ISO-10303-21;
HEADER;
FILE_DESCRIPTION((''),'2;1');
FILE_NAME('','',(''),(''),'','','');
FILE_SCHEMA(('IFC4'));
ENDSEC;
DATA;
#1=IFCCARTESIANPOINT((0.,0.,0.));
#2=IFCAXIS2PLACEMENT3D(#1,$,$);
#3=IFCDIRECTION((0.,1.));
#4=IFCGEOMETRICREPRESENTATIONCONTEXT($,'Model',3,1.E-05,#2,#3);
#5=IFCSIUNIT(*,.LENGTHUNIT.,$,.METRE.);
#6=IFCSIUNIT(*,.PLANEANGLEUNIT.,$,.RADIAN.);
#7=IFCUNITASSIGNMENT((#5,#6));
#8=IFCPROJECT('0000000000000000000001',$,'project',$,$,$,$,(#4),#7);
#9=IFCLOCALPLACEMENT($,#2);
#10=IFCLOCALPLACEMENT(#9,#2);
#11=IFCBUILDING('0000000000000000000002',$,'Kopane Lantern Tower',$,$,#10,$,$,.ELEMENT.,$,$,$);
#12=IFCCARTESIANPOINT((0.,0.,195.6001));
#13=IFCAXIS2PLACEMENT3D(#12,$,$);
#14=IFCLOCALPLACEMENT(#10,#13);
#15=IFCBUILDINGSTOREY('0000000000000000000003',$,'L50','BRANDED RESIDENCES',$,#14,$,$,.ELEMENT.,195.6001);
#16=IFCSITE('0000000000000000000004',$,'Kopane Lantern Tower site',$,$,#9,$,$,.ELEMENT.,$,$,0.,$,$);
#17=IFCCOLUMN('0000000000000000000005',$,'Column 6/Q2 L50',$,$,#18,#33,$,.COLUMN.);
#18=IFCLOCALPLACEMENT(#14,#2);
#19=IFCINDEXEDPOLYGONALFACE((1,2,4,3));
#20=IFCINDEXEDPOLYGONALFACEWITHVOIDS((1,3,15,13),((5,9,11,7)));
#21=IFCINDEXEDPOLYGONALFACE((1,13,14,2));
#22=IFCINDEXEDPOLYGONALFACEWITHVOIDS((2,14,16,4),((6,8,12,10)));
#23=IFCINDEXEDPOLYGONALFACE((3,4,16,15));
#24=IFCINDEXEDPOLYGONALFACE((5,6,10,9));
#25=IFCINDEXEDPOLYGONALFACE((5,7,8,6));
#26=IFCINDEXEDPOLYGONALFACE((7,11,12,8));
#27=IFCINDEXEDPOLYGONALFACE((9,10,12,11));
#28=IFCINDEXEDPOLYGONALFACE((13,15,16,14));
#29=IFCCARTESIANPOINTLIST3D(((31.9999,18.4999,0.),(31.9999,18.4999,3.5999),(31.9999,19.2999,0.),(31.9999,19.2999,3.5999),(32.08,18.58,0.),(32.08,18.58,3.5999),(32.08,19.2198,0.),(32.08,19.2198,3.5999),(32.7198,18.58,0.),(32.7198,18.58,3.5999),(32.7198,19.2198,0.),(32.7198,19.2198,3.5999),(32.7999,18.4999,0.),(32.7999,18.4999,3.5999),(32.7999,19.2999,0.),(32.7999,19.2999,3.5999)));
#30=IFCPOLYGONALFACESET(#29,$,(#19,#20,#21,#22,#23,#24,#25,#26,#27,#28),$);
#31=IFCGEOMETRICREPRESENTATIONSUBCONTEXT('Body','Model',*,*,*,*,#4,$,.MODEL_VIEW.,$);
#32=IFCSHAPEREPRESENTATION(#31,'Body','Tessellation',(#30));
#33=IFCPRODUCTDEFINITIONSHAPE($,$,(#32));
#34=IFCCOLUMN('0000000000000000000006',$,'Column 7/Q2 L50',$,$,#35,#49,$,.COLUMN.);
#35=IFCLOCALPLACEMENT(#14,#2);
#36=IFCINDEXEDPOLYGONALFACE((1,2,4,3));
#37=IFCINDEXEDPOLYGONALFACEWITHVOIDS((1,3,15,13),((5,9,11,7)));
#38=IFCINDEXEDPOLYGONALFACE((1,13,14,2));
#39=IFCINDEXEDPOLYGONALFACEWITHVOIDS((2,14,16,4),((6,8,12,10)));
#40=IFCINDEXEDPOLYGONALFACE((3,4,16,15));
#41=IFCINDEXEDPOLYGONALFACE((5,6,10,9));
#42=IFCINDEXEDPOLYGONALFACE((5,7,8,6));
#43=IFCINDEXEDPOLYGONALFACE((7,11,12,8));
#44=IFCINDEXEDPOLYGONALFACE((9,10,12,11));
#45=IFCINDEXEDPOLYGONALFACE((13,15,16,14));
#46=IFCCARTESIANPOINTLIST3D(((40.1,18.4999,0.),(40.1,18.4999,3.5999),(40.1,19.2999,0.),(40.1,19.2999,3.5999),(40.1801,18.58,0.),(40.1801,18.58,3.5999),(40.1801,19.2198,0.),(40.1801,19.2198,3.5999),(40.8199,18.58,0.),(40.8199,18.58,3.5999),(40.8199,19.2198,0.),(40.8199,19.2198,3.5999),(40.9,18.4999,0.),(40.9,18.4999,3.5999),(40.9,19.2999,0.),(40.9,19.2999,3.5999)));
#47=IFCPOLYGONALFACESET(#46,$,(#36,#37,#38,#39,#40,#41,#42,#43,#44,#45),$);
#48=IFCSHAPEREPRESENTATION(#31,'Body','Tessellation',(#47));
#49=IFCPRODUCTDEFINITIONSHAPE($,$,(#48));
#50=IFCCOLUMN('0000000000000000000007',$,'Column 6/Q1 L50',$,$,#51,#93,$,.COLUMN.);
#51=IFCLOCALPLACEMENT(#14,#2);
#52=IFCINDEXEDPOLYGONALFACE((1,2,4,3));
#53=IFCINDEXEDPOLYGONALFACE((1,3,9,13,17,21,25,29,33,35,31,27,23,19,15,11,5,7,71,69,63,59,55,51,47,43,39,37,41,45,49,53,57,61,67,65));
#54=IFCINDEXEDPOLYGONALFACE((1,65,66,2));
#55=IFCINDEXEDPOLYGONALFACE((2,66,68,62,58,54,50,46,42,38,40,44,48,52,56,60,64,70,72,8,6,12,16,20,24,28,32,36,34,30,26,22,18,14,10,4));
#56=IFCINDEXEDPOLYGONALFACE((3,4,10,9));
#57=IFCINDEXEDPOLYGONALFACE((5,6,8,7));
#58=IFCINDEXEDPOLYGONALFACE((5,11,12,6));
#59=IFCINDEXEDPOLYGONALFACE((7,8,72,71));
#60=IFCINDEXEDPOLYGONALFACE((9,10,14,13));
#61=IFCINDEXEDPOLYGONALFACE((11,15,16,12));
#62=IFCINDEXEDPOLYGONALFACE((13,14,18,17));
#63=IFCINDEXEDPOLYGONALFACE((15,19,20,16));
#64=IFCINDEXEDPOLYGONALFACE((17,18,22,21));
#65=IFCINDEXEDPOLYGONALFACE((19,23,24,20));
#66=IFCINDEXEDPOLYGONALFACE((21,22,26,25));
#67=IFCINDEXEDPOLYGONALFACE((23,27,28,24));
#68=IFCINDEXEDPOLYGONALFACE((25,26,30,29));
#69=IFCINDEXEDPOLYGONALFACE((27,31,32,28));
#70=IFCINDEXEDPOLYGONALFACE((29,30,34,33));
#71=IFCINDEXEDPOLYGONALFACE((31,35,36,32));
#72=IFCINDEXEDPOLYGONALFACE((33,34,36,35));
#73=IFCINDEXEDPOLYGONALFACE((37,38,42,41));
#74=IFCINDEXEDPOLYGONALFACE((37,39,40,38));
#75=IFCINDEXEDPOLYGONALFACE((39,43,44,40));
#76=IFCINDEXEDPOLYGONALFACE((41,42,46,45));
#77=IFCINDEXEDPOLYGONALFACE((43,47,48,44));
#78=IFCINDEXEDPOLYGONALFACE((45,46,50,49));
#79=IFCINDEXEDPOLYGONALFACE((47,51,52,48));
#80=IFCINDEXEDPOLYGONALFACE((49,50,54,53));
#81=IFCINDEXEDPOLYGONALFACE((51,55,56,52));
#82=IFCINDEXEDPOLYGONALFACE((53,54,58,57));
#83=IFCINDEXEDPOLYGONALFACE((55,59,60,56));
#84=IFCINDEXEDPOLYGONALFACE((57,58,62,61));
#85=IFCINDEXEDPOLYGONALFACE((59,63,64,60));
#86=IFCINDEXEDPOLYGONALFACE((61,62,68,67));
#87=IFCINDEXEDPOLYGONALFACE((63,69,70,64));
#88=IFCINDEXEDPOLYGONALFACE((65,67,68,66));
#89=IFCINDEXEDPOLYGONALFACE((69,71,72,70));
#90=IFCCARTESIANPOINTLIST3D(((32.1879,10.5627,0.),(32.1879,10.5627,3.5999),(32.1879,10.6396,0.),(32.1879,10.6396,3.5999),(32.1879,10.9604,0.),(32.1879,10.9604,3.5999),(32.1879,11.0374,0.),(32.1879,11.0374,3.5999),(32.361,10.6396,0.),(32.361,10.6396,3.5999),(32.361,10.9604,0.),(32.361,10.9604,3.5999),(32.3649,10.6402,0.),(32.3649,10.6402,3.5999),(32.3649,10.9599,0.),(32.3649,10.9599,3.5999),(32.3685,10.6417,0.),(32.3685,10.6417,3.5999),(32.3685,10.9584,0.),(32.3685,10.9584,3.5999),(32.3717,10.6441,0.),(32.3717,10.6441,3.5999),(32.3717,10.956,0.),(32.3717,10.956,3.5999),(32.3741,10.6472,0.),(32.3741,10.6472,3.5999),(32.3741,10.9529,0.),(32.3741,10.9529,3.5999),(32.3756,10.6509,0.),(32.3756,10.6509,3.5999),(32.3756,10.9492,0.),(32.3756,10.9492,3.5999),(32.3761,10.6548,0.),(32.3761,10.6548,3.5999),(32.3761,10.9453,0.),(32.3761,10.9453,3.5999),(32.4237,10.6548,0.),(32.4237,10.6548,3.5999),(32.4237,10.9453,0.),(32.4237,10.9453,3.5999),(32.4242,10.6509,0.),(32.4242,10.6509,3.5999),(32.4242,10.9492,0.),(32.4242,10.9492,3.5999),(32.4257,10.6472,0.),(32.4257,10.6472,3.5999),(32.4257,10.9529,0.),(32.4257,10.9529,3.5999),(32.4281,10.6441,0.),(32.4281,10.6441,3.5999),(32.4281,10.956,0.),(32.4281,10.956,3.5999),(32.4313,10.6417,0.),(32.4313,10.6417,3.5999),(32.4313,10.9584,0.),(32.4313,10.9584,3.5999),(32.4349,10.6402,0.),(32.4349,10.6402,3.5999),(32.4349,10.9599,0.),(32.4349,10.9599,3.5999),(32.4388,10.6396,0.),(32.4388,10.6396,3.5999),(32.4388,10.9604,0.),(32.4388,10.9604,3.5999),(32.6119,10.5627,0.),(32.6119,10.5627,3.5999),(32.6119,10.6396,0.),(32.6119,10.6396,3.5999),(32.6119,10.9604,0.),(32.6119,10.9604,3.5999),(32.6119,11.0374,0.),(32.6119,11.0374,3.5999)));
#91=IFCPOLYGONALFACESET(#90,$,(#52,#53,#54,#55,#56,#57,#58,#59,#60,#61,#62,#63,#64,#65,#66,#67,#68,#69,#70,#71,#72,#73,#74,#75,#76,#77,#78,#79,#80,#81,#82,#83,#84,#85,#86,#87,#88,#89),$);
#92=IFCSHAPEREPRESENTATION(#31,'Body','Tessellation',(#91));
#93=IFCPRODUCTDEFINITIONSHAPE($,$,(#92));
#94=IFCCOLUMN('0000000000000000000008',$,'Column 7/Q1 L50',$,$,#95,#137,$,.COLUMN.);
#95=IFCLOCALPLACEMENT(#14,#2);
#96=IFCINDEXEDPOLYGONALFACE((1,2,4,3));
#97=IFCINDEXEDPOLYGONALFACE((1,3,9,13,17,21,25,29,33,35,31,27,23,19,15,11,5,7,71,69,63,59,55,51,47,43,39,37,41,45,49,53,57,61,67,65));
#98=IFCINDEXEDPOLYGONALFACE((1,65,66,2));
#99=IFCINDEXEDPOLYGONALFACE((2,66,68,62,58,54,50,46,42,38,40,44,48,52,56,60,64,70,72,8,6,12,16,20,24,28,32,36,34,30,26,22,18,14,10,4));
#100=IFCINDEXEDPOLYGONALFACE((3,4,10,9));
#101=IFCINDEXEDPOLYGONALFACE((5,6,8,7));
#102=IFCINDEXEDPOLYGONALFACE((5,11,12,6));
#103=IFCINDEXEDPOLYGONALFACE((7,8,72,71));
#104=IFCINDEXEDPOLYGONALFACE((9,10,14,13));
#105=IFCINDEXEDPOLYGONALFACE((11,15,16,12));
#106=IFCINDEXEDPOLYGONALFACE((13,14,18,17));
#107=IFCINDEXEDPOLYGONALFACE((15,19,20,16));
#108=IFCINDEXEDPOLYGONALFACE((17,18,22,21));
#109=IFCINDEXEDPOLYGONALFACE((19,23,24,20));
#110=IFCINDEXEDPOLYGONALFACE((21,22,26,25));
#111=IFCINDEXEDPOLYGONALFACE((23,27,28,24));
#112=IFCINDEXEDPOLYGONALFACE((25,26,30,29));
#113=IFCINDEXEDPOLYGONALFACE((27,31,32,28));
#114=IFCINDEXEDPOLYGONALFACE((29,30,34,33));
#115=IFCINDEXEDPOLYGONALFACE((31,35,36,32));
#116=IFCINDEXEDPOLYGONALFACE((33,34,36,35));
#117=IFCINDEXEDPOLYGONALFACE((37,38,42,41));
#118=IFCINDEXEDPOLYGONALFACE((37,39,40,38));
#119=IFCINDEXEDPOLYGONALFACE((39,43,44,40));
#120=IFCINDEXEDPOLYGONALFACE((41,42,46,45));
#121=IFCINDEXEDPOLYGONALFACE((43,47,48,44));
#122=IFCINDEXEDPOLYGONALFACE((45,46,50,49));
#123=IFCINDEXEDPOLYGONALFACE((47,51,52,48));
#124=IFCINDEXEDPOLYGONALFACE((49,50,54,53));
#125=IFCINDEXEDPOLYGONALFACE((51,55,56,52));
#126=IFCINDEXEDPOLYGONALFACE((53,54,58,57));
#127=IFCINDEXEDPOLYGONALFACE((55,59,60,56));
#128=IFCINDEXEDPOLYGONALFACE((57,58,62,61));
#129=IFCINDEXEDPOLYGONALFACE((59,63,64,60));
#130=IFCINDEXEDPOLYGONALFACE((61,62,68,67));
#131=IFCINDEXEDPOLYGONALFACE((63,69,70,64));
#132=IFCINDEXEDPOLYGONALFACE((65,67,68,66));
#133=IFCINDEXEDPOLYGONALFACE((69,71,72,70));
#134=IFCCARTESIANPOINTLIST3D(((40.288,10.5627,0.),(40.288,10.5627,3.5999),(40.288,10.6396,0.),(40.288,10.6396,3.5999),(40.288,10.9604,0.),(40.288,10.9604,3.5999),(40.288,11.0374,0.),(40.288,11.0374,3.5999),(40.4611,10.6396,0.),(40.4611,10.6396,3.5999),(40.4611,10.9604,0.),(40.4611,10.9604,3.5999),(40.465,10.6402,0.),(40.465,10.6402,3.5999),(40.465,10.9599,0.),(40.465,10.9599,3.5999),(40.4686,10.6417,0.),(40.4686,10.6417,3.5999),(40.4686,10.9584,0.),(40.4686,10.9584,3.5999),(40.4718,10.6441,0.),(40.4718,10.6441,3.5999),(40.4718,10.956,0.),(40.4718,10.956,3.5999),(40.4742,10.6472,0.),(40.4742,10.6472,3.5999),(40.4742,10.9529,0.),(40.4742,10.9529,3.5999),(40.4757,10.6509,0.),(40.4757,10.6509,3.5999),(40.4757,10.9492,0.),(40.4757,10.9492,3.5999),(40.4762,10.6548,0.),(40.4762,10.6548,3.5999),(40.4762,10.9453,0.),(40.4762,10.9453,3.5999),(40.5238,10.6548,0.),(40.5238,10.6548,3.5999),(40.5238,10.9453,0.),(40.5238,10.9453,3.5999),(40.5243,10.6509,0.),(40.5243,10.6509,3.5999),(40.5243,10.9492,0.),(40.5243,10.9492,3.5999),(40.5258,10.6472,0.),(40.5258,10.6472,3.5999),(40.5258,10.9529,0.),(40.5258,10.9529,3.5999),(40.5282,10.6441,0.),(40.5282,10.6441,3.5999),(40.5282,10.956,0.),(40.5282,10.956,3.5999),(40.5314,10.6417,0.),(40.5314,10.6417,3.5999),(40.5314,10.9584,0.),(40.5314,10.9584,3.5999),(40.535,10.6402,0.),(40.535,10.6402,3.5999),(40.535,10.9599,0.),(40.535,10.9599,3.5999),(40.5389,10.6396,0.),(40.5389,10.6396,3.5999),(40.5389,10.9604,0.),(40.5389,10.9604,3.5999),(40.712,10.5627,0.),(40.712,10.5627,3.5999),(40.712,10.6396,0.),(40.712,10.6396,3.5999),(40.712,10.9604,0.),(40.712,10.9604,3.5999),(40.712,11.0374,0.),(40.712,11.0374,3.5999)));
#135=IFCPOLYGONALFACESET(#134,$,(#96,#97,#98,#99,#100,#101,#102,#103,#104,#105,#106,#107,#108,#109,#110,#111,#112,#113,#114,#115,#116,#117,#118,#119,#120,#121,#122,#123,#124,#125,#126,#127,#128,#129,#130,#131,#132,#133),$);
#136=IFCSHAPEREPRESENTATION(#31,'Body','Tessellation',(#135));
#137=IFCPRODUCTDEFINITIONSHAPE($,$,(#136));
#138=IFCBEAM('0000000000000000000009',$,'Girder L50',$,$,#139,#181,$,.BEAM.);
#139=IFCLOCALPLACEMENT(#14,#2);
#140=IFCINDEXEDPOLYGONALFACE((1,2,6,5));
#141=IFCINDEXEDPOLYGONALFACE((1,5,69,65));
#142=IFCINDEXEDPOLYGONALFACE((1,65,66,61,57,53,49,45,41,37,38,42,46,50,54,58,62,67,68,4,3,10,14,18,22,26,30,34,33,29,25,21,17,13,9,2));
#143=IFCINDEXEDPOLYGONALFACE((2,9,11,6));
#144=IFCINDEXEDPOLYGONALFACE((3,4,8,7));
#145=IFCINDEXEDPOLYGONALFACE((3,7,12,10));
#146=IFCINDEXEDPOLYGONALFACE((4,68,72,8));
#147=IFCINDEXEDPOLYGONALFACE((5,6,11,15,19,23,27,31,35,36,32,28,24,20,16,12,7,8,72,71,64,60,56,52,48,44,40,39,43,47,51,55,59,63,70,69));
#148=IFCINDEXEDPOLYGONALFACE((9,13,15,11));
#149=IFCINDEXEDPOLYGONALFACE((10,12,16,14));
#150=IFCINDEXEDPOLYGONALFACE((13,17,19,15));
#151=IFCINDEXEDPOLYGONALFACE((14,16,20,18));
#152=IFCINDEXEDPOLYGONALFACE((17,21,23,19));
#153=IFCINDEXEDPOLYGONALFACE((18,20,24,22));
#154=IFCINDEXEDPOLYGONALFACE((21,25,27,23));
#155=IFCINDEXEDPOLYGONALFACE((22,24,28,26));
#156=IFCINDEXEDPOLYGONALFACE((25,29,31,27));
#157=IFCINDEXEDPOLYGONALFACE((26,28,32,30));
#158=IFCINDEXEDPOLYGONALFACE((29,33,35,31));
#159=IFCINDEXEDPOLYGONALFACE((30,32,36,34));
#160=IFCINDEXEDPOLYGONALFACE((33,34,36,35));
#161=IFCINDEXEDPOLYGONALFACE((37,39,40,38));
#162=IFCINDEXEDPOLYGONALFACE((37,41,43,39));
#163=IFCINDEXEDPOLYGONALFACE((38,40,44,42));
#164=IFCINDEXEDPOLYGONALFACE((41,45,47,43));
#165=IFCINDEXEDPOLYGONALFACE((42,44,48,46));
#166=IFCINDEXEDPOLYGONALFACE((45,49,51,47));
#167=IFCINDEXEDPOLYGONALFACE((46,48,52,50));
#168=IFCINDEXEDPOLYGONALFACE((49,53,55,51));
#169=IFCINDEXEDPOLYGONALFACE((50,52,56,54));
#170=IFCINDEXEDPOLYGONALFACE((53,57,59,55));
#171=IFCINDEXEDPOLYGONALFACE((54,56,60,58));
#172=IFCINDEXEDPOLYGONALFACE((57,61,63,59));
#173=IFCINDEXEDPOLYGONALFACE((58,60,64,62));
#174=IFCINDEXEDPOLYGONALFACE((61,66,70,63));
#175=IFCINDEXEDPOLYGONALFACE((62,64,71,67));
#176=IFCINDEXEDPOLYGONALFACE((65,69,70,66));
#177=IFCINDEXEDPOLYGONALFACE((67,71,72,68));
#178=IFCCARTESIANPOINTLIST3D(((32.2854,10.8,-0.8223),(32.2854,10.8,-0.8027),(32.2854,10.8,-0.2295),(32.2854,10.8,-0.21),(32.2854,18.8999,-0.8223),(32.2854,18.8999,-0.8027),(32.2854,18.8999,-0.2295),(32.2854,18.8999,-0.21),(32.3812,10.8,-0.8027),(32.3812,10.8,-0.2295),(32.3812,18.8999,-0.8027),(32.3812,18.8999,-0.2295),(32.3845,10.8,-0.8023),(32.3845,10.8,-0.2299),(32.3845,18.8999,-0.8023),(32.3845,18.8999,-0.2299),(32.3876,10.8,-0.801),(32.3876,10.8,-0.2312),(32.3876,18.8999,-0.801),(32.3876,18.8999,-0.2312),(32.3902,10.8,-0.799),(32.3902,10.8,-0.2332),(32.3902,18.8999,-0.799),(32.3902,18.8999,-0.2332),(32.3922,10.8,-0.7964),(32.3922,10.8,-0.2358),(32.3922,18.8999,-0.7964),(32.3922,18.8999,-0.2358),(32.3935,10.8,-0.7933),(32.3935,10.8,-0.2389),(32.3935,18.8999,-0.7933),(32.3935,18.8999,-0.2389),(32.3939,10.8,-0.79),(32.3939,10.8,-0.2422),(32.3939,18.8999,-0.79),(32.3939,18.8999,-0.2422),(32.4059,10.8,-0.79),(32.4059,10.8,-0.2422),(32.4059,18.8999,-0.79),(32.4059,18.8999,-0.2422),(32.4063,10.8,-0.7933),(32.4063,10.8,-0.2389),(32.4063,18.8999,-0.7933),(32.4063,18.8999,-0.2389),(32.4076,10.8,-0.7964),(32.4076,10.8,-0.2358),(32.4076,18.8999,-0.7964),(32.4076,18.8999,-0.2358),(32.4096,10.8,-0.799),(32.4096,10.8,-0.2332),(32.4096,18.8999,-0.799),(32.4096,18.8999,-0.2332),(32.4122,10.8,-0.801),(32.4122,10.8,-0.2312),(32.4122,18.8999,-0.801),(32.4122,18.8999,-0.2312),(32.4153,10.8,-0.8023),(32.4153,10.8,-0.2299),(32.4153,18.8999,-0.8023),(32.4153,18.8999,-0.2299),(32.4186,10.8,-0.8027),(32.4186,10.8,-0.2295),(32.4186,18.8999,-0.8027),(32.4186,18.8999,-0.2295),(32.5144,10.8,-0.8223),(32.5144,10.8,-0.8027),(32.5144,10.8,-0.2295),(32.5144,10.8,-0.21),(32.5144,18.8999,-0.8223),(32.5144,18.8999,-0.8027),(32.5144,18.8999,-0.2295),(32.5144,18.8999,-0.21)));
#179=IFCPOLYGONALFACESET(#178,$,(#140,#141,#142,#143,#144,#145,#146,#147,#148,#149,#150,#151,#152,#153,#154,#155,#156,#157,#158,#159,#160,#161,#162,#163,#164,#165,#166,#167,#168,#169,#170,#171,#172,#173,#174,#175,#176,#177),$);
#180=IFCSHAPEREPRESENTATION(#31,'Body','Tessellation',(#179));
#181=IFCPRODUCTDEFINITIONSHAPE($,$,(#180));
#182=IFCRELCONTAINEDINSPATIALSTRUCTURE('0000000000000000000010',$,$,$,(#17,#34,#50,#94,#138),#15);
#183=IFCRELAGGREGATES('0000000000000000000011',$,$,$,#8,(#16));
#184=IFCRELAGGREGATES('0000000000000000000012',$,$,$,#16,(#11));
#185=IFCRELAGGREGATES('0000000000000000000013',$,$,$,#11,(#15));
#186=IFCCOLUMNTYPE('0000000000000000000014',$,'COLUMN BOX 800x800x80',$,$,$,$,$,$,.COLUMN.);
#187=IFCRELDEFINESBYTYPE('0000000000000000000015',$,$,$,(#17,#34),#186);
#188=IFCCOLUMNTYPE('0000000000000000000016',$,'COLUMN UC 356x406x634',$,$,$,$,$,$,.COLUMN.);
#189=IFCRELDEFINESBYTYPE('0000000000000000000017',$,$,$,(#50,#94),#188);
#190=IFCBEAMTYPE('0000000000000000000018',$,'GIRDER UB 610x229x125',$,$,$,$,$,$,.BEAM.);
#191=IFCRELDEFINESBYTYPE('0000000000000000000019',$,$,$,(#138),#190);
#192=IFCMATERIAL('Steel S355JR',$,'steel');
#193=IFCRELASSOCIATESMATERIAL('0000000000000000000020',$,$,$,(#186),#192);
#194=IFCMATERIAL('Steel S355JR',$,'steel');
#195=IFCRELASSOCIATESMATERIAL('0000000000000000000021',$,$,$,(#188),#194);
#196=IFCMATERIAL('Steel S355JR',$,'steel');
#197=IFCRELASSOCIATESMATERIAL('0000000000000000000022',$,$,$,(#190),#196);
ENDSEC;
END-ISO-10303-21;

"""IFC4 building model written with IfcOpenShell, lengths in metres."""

from ifc_helpers import new_model, si_unit, direction, frame, origin, origin_2d, place, context, subcontext, project, spatial, hollow_rectangle, i_section, extrude, material, material_profile, profile_set, type_object, element, save


model = new_model("IFC4")

# Units and contexts
model_context = context("Model", 3, precision=1e-05, world=origin(), true_north=direction((0.0, 1.0)))
body_context = subcontext(model_context, "Body", "Model", "MODEL_VIEW")
ifc_project = project(units=[si_unit("LENGTHUNIT", "METRE"), si_unit("PLANEANGLEUNIT", "RADIAN")], contexts=[model_context])

# Site, building, storey
site_placement = place(None, origin())
site = spatial("IfcSite", under=ifc_project, at=site_placement, Name="Kopane Lantern Tower site", CompositionType="ELEMENT", RefElevation=0.0)
building_placement = place(site_placement, origin())
building = spatial("IfcBuilding", under=site, at=building_placement, Name="Kopane Lantern Tower", CompositionType="ELEMENT")
storey_placement = place(building_placement, frame((0.0, 0.0, 195.6001)))
storey = spatial("IfcBuildingStorey", under=building, at=storey_placement, Name="L50", Description="BRANDED RESIDENCES", CompositionType="ELEMENT", Elevation=195.6001)

# Columns
ifc_material_1 = material(Name="Steel S355JR", Category="steel")
ifc_material_profile_1 = material_profile(ifc_material_1, hollow_rectangle(XDim=0.8, YDim=0.8, WallThickness=0.0801, at=origin_2d()), Name="BOX 800x800x80")
ifc_profile_set_1 = profile_set([ifc_material_profile_1], Name="Steel S355JR")
column_type_1 = type_object("IfcColumnType", Name="COLUMN BOX 800x800x80", PredefinedType="COLUMN", material=ifc_profile_set_1)
for number, where, z_axis, x_axis, name in (
    (1, (32.3999, 18.8999, 0.0), (0.0, 0.0, 1.0), (1.0, 0.0, 0.0), "Column 6/Q2 L50"),
    (2, (40.5, 18.8999, 0.0), (0.0, 0.0, 1.0), (1.0, 0.0, 0.0), "Column 7/Q2 L50"),
):
    element("IfcColumn", number, at=place(storey_placement, frame(where, z_axis=z_axis, x_axis=x_axis)), inside=storey, type_object=column_type_1, Name=name, PredefinedType="COLUMN", context=body_context, shape_type="SweptSolid", body=[
        extrude(hollow_rectangle(XDim=0.8, YDim=0.8, WallThickness=0.0801, at=origin_2d()), origin(), (0.0, 0.0, 1.0), 3.5999),
    ])
ifc_material_2 = material(Name="Steel S355JR", Category="steel")
ifc_material_profile_2 = material_profile(ifc_material_2, i_section(OverallWidth=0.4241, OverallDepth=0.4746, WebThickness=0.0476, FlangeThickness=0.0769, FilletRadius=0.0151, at=origin_2d()), Name="UC 356x406x634")
ifc_profile_set_2 = profile_set([ifc_material_profile_2], Name="Steel S355JR")
column_type_2 = type_object("IfcColumnType", Name="COLUMN UC 356x406x634", PredefinedType="COLUMN", material=ifc_profile_set_2)
for number, where, z_axis, x_axis, name in (
    (3, (32.3999, 10.8, 0.0), (0.0, 0.0, 1.0), (1.0, 0.0, 0.0), "Column 6/Q1 L50"),
    (4, (40.5, 10.8, 0.0), (0.0, 0.0, 1.0), (1.0, 0.0, 0.0), "Column 7/Q1 L50"),
):
    element("IfcColumn", number, at=place(storey_placement, frame(where, z_axis=z_axis, x_axis=x_axis)), inside=storey, type_object=column_type_2, Name=name, PredefinedType="COLUMN", context=body_context, shape_type="SweptSolid", body=[
        extrude(i_section(OverallWidth=0.4241, OverallDepth=0.4746, WebThickness=0.0476, FlangeThickness=0.0769, FilletRadius=0.0151, at=origin_2d()), origin(), (0.0, 0.0, 1.0), 3.5999),
    ])

# Beam
ifc_material_3 = material(Name="Steel S355JR", Category="steel")
ifc_material_profile_3 = material_profile(ifc_material_3, i_section(OverallWidth=0.229, OverallDepth=0.6123, WebThickness=0.012, FlangeThickness=0.0195, FilletRadius=0.0127, at=origin_2d()), Name="UB 610x229x125")
ifc_profile_set_3 = profile_set([ifc_material_profile_3], Name="Steel S355JR")
beam_type = type_object("IfcBeamType", Name="GIRDER UB 610x229x125", PredefinedType="BEAM", material=ifc_profile_set_3)
beam_1_placement = place(storey_placement, frame((32.3999, 10.8, -0.5161), z_axis=(0.0, 1.0, 0.0), x_axis=(-1.0, 0.0, 0.0)))
element("IfcBeam", 5, at=beam_1_placement, inside=storey, type_object=beam_type, Name="Girder L50", PredefinedType="BEAM", context=body_context, shape_type="SweptSolid", body=[
    extrude(i_section(OverallWidth=0.229, OverallDepth=0.6123, WebThickness=0.012, FlangeThickness=0.0195, FilletRadius=0.0127, at=origin_2d()), origin(), (0.0, 0.0, 1.0), 8.0999),
])

save(model, "model.ifc")
